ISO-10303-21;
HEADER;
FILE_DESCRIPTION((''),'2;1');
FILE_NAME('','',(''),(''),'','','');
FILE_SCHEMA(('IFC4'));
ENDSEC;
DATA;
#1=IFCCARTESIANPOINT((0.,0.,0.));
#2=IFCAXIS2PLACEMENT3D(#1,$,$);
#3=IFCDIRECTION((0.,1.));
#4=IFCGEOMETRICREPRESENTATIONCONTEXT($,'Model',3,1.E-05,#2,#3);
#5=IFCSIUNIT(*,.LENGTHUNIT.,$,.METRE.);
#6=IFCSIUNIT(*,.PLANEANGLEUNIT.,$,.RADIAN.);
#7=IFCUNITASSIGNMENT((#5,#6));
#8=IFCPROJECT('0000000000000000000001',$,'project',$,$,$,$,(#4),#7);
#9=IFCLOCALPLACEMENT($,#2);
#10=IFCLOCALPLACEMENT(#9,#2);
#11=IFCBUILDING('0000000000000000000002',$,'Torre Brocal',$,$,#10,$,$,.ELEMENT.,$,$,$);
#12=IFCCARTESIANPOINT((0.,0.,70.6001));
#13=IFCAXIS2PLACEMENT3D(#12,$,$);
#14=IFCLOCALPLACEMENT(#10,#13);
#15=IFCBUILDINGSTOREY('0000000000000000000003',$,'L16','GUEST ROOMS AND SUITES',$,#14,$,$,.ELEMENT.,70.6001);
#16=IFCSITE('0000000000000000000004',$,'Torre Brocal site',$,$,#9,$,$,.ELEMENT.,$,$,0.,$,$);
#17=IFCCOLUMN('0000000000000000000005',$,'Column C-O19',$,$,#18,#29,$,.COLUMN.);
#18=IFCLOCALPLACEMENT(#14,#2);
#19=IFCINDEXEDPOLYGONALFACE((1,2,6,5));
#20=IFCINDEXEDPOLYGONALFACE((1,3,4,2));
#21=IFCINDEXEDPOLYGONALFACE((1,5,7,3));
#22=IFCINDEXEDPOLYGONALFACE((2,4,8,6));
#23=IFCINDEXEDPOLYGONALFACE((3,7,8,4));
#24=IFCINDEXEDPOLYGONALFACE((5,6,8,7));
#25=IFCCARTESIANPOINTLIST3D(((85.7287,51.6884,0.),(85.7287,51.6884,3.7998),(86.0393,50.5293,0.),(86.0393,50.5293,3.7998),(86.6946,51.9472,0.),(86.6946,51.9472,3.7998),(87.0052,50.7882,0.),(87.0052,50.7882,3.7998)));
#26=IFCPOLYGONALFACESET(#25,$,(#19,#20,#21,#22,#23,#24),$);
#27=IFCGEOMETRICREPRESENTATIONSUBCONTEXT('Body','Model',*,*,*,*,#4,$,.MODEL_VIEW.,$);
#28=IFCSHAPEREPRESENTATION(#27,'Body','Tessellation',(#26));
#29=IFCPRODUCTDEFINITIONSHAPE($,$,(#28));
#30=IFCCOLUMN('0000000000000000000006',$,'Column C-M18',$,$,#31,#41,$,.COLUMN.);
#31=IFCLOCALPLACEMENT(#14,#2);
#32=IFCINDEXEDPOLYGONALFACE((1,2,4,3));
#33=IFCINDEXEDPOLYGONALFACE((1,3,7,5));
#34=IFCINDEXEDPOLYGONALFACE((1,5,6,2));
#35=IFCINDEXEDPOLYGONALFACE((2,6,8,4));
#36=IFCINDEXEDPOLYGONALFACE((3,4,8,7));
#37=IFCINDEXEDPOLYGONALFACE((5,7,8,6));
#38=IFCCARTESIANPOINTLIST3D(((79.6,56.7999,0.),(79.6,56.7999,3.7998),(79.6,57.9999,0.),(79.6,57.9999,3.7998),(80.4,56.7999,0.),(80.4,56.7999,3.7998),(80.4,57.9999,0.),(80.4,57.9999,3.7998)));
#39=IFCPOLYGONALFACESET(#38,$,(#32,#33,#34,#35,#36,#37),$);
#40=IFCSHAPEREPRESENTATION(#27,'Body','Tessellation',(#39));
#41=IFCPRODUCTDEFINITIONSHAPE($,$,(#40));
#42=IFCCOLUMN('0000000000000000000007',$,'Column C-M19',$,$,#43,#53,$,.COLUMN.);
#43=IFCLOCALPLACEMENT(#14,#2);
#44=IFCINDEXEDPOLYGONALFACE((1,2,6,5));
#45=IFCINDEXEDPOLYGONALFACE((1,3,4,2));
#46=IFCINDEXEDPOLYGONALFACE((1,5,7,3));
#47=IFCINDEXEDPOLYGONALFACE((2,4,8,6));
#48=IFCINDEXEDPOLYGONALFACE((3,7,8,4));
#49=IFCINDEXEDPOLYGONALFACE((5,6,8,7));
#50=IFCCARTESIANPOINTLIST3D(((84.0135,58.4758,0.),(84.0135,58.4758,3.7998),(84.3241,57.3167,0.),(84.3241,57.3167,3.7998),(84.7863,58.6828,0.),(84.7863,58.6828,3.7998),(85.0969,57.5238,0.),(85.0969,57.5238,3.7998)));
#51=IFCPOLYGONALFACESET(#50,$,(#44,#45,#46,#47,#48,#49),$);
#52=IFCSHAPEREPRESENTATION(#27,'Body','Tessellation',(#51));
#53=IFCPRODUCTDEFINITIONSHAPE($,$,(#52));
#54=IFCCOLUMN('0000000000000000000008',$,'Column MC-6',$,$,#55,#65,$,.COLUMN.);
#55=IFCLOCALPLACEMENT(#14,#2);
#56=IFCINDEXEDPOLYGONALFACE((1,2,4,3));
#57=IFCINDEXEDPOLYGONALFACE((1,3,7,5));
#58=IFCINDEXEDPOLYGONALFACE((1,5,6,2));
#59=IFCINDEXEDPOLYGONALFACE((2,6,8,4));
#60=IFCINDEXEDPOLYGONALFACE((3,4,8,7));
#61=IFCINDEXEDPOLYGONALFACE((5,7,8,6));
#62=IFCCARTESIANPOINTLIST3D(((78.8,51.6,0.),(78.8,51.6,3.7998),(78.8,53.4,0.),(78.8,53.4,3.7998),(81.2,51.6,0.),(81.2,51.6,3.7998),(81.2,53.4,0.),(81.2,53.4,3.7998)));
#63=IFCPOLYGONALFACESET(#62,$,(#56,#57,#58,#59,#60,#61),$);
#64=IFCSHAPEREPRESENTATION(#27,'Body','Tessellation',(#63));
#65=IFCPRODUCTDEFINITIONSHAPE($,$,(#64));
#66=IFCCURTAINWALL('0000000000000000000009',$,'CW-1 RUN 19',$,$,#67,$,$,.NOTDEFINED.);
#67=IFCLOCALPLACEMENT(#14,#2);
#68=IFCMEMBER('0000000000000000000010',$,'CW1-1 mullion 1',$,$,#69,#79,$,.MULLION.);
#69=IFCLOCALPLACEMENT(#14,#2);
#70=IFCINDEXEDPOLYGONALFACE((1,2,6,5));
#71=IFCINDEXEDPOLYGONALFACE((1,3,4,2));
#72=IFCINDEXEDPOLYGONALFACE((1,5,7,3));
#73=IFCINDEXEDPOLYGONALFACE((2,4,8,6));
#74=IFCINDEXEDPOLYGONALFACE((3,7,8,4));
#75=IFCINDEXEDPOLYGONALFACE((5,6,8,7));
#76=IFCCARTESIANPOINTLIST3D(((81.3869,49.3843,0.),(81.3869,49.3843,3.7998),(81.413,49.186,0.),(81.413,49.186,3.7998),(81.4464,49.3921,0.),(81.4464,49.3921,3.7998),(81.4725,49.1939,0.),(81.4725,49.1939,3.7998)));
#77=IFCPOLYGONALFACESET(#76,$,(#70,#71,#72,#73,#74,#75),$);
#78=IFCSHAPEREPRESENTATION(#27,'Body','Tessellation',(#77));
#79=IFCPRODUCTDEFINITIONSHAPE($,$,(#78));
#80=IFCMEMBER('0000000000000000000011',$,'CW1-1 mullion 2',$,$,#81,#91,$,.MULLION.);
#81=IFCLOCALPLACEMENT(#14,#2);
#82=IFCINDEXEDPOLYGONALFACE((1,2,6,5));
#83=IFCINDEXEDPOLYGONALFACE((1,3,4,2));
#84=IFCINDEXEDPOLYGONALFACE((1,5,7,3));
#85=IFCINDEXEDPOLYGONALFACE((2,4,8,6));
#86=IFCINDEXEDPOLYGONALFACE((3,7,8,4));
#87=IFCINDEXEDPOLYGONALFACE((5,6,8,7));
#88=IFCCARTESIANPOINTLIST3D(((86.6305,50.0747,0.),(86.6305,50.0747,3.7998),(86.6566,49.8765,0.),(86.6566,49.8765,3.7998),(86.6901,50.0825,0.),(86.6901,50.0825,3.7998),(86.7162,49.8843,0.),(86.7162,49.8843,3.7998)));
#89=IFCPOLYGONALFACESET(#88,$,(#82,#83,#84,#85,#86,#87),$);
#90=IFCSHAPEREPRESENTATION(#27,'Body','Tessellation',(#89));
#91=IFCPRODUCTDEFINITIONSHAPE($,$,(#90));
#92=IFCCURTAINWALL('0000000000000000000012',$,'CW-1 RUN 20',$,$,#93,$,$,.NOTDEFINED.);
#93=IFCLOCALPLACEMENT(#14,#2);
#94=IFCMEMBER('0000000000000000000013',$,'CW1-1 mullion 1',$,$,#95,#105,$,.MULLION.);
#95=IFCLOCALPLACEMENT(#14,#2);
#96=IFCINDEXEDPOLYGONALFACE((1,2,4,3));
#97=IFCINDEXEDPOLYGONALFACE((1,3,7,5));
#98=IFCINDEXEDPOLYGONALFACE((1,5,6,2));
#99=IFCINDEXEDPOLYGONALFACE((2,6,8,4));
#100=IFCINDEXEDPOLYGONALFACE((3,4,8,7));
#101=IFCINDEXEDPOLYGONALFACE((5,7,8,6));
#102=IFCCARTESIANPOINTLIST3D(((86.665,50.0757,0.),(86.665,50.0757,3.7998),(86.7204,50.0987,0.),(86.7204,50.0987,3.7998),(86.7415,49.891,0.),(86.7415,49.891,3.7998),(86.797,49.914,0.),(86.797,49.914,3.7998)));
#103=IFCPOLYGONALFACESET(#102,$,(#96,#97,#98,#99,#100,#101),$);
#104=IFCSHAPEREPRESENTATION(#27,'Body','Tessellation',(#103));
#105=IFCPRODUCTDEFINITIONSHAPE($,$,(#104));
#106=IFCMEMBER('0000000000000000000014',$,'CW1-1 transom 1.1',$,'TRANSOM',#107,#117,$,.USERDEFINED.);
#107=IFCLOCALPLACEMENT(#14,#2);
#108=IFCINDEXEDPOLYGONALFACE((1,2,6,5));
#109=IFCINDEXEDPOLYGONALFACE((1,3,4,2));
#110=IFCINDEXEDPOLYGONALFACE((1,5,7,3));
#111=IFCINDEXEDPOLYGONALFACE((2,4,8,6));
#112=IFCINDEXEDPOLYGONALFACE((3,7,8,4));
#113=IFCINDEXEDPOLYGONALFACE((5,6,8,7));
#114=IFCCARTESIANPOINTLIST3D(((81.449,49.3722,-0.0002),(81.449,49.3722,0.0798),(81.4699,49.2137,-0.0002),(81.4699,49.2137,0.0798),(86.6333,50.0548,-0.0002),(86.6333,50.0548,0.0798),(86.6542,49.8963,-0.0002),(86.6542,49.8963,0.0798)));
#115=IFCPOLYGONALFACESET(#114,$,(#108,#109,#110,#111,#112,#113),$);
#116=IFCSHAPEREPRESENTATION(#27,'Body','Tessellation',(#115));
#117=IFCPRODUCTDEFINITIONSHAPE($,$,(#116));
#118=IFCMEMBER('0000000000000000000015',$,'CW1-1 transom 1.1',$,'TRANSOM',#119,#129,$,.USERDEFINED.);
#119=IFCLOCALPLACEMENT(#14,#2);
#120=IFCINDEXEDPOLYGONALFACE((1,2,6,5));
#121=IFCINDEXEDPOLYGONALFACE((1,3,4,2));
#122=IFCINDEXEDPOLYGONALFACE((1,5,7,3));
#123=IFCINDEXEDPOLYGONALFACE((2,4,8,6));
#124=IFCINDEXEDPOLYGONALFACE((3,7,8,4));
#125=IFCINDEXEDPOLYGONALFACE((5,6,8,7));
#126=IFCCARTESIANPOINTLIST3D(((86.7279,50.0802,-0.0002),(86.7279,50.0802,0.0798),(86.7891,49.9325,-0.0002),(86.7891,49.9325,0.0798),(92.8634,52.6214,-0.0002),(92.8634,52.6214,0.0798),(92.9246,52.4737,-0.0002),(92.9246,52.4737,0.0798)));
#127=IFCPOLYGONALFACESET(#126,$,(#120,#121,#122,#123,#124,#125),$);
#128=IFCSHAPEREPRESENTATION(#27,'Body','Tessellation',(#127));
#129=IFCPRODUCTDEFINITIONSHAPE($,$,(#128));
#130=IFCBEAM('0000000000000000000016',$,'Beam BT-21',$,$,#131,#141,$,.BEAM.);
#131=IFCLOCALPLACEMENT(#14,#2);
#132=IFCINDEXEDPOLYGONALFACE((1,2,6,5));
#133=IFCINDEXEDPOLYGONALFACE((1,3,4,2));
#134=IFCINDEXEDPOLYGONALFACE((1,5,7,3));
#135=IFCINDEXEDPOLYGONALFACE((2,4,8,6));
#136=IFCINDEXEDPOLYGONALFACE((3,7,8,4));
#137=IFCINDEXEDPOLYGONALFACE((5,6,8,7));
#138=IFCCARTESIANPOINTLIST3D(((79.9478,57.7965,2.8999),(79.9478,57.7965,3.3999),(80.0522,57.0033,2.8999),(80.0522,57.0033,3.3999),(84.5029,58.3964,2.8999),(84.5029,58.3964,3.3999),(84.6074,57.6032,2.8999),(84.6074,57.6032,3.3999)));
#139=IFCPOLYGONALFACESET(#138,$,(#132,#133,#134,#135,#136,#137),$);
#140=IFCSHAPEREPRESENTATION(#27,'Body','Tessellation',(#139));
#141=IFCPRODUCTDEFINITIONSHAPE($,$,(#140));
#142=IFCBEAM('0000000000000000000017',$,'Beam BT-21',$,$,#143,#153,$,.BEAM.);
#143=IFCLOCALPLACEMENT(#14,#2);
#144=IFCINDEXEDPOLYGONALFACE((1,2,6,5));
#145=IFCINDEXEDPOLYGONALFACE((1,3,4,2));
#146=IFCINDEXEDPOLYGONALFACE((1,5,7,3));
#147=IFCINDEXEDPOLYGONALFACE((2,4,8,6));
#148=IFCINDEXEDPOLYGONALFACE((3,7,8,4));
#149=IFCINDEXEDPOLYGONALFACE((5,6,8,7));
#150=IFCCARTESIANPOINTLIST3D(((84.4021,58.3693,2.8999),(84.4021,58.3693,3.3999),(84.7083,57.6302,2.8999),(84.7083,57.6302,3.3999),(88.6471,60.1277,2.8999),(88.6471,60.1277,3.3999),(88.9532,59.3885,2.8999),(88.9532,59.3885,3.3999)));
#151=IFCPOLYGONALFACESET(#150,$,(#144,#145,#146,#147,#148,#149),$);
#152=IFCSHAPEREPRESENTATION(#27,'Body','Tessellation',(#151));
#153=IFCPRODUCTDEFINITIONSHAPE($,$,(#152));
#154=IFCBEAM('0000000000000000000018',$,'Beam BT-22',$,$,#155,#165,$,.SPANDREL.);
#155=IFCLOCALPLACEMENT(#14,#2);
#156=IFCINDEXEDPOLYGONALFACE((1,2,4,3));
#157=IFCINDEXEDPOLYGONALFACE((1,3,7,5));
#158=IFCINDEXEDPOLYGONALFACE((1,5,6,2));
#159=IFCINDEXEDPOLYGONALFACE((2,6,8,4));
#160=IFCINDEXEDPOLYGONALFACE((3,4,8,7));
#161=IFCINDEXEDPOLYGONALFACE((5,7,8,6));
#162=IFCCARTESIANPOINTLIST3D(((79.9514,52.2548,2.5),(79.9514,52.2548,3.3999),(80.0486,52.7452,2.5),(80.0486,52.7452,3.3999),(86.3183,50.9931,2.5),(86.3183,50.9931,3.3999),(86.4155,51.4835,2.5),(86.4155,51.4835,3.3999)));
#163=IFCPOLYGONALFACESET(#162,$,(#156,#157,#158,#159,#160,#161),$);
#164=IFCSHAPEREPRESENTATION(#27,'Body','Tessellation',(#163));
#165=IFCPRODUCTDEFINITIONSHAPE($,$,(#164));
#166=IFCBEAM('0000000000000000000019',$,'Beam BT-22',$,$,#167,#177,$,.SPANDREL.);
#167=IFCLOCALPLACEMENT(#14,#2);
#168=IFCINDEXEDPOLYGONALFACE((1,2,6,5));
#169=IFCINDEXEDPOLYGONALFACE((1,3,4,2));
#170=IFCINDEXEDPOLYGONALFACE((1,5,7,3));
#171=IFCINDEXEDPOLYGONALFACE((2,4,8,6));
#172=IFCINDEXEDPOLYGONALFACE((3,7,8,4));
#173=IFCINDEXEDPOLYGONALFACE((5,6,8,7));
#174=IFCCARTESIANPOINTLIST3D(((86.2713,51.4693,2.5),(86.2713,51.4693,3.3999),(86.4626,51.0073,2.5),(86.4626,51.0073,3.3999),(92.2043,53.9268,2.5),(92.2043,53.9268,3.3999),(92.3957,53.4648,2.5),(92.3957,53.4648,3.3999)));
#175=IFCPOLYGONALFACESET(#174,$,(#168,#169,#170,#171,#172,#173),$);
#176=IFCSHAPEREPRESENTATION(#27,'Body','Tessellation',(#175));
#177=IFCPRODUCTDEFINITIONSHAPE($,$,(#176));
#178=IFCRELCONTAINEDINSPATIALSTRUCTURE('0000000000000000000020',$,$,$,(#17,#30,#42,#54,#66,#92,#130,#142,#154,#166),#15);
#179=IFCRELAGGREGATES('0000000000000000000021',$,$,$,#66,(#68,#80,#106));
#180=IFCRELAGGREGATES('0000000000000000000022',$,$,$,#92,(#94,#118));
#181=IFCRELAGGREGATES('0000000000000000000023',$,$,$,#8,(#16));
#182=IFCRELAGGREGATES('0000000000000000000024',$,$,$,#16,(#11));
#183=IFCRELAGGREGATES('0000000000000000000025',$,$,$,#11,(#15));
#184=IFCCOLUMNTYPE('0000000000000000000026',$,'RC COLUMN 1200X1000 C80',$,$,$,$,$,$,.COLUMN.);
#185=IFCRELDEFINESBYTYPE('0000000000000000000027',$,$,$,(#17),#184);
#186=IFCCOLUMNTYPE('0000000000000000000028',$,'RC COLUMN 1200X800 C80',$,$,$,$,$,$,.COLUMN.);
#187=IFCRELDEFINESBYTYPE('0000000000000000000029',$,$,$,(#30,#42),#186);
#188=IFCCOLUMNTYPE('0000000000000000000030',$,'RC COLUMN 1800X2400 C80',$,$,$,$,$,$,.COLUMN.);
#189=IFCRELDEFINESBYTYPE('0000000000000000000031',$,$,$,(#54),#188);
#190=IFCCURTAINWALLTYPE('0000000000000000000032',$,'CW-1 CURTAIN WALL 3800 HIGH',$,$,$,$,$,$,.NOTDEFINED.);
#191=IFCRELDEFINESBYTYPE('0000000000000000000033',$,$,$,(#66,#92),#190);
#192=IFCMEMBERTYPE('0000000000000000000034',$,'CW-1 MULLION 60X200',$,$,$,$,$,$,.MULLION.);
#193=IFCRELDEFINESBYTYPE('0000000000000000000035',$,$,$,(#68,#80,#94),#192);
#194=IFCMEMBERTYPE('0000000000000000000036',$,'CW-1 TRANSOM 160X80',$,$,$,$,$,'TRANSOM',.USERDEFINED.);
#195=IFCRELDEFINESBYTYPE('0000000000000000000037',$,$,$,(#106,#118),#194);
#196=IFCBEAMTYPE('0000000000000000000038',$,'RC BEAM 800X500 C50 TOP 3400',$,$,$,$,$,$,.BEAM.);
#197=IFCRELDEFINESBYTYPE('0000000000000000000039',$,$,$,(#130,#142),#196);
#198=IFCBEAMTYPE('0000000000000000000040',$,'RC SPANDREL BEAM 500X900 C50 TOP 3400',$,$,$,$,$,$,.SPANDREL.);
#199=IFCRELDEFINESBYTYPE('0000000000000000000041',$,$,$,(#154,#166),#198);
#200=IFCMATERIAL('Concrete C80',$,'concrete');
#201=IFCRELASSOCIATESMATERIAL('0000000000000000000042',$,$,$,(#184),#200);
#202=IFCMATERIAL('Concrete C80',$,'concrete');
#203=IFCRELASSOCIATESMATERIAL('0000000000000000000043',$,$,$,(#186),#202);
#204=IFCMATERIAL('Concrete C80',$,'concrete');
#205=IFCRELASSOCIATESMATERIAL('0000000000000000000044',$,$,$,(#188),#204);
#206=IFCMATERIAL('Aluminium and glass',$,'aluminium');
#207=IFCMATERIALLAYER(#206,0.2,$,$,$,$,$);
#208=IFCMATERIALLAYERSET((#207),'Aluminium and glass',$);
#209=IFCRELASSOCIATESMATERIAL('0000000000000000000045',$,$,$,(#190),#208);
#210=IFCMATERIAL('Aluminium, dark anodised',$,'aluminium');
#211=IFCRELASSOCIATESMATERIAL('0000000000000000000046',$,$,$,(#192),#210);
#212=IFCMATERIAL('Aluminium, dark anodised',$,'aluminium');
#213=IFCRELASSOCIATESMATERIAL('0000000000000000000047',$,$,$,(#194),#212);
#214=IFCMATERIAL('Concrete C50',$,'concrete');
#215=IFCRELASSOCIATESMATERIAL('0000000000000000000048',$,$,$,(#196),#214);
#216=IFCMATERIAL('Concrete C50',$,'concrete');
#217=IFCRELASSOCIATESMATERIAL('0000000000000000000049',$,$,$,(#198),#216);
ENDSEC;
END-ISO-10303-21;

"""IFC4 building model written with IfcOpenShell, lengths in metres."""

from ifc_helpers import new_model, si_unit, direction, frame, origin, origin_2d, place, context, subcontext, project, spatial, rectangle, extrude, material, layer, layer_set, material_profile, profile_set, type_object, element, aggregate, save


model = new_model("IFC4")

# Units and contexts
model_context = context("Model", 3, precision=1e-05, world=origin(), true_north=direction((0.0, 1.0)))
body_context = subcontext(model_context, "Body", "Model", "MODEL_VIEW")
ifc_project = project(units=[si_unit("LENGTHUNIT", "METRE"), si_unit("PLANEANGLEUNIT", "RADIAN")], contexts=[model_context])

# Site, building, storey
site_placement = place(None, origin())
site = spatial("IfcSite", under=ifc_project, at=site_placement, Name="Torre Brocal site", CompositionType="ELEMENT", RefElevation=0.0)
building_placement = place(site_placement, origin())
building = spatial("IfcBuilding", under=site, at=building_placement, Name="Torre Brocal", CompositionType="ELEMENT")
storey_placement = place(building_placement, frame((0.0, 0.0, 70.6001)))
storey = spatial("IfcBuildingStorey", under=building, at=storey_placement, Name="L16", Description="GUEST ROOMS AND SUITES", CompositionType="ELEMENT", Elevation=70.6001)

# Columns
ifc_material_1 = material(Name="Concrete C80", Category="concrete")
ifc_material_profile_1 = material_profile(ifc_material_1, rectangle(XDim=1.2, YDim=1.0, at=origin_2d()), Name="RC 1200X1000")
ifc_profile_set_1 = profile_set([ifc_material_profile_1], Name="Concrete C80")
column_type_1 = type_object("IfcColumnType", Name="RC COLUMN 1200X1000 C80", PredefinedType="COLUMN", material=ifc_profile_set_1)
column_1_placement = place(storey_placement, frame((86.3669, 51.2383, 0.0), z_axis=(0.0, 0.0, 1.0), x_axis=(0.258819, -0.965926, 0.0)))
element("IfcColumn", 1, at=column_1_placement, inside=storey, type_object=column_type_1, Name="Column C-O19", PredefinedType="COLUMN", context=body_context, shape_type="SweptSolid", body=[
    extrude(rectangle(XDim=1.2, YDim=1.0, at=origin_2d()), origin(), (0.0, 0.0, 1.0), 3.7998),
])
ifc_material_2 = material(Name="Concrete C80", Category="concrete")
ifc_material_profile_2 = material_profile(ifc_material_2, rectangle(XDim=1.2, YDim=0.8, at=origin_2d()), Name="RC 1200X800")
ifc_profile_set_2 = profile_set([ifc_material_profile_2], Name="Concrete C80")
column_type_2 = type_object("IfcColumnType", Name="RC COLUMN 1200X800 C80", PredefinedType="COLUMN", material=ifc_profile_set_2)
for number, where, z_axis, x_axis, name in (
    (2, (80.0, 57.3999, 0.0), (0.0, 0.0, 1.0), (0.0, -1.0, 0.0), "Column C-M18"),
    (3, (84.5552, 57.9998, 0.0), (0.0, 0.0, 1.0), (0.258819, -0.965926, 0.0), "Column C-M19"),
):
    element("IfcColumn", number, at=place(storey_placement, frame(where, z_axis=z_axis, x_axis=x_axis)), inside=storey, type_object=column_type_2, Name=name, PredefinedType="COLUMN", context=body_context, shape_type="SweptSolid", body=[
        extrude(rectangle(XDim=1.2, YDim=0.8, at=origin_2d()), origin(), (0.0, 0.0, 1.0), 3.7998),
    ])
ifc_material_3 = material(Name="Concrete C80", Category="concrete")
ifc_material_profile_3 = material_profile(ifc_material_3, rectangle(XDim=1.8, YDim=2.3999, at=origin_2d()), Name="RC 1800X2400")
ifc_profile_set_3 = profile_set([ifc_material_profile_3], Name="Concrete C80")
column_type_3 = type_object("IfcColumnType", Name="RC COLUMN 1800X2400 C80", PredefinedType="COLUMN", material=ifc_profile_set_3)
column_2_placement = place(storey_placement, frame((80.0, 52.5, 0.0), z_axis=(0.0, 0.0, 1.0), x_axis=(0.0, -1.0, 0.0)))
element("IfcColumn", 4, at=column_2_placement, inside=storey, type_object=column_type_3, Name="Column MC-6", PredefinedType="COLUMN", context=body_context, shape_type="SweptSolid", body=[
    extrude(rectangle(XDim=1.8, YDim=2.3999, at=origin_2d()), origin(), (0.0, 0.0, 1.0), 3.7998),
])

# Curtain wall, members
ifc_material_4 = material(Name="Aluminium and glass", Category="aluminium")
ifc_layer_1 = layer(ifc_material_4, 0.2)
ifc_layer_set_1 = layer_set([ifc_layer_1], Name="Aluminium and glass")
curtain_wall_type = type_object("IfcCurtainWallType", Name="CW-1 CURTAIN WALL 3800 HIGH", PredefinedType="NOTDEFINED", material=ifc_layer_set_1)
curtain_wall_1_placement = place(storey_placement, origin())
curtain_wall_1 = element("IfcCurtainWall", 5, at=curtain_wall_1_placement, inside=storey, type_object=curtain_wall_type, Name="CW-1 RUN 19", PredefinedType="NOTDEFINED")
ifc_material_5 = material(Name="Aluminium, dark anodised", Category="aluminium")
ifc_material_profile_4 = material_profile(ifc_material_5, rectangle(XDim=0.2, YDim=0.0601, at=origin_2d()), Name="CW-1 MULLION 60X200")
ifc_profile_set_4 = profile_set([ifc_material_profile_4], Name="Aluminium, dark anodised")
member_type_1 = type_object("IfcMemberType", Name="CW-1 MULLION 60X200", PredefinedType="MULLION", material=ifc_profile_set_4)
member_1_placement = place(storey_placement, frame((81.4297, 49.2891, 0.0), z_axis=(0.0, 0.0, 1.0), x_axis=(-0.130526, 0.991445, 0.0)))
member_1 = element("IfcMember", 6, at=member_1_placement, type_object=member_type_1, Name="CW1-1 mullion 1", PredefinedType="MULLION", context=body_context, shape_type="SweptSolid", body=[
    extrude(rectangle(XDim=0.2, YDim=0.0601, at=origin_2d()), origin(), (0.0, 0.0, 1.0), 3.7998),
])
member_2_placement = place(storey_placement, frame((86.6733, 49.9795, 0.0), z_axis=(0.0, 0.0, 1.0), x_axis=(-0.130526, 0.991445, 0.0)))
member_2 = element("IfcMember", 7, at=member_2_placement, type_object=member_type_1, Name="CW1-1 mullion 2", PredefinedType="MULLION", context=body_context, shape_type="SweptSolid", body=[
    extrude(rectangle(XDim=0.2, YDim=0.0601, at=origin_2d()), origin(), (0.0, 0.0, 1.0), 3.7998),
])

# Curtain wall, member
curtain_wall_2_placement = place(storey_placement, origin())
curtain_wall_2 = element("IfcCurtainWall", 8, at=curtain_wall_2_placement, inside=storey, type_object=curtain_wall_type, Name="CW-1 RUN 20", PredefinedType="NOTDEFINED")
member_3_placement = place(storey_placement, frame((86.731, 49.9949, 0.0), z_axis=(0.0, 0.0, 1.0), x_axis=(-0.382683, 0.92388, 0.0)))
member_3 = element("IfcMember", 9, at=member_3_placement, type_object=member_type_1, Name="CW1-1 mullion 1", PredefinedType="MULLION", context=body_context, shape_type="SweptSolid", body=[
    extrude(rectangle(XDim=0.2, YDim=0.0601, at=origin_2d()), origin(), (0.0, 0.0, 1.0), 3.7998),
])

# Members
ifc_material_6 = material(Name="Aluminium, dark anodised", Category="aluminium")
ifc_material_profile_5 = material_profile(ifc_material_6, rectangle(XDim=0.1599, YDim=0.0801, at=origin_2d()), Name="CW-1 TRANSOM 160X80")
ifc_profile_set_5 = profile_set([ifc_material_profile_5], Name="Aluminium, dark anodised")
member_type_2 = type_object("IfcMemberType", Name="CW-1 TRANSOM 160X80", ElementType="TRANSOM", PredefinedType="USERDEFINED", material=ifc_profile_set_5)
member_4_placement = place(storey_placement, frame((81.4595, 49.293, 0.0398), z_axis=(0.991443, 0.130543, 0.0), x_axis=(-0.130543, 0.991443, 0.0)))
member_4 = element("IfcMember", 10, at=member_4_placement, type_object=member_type_2, Name="CW1-1 transom 1.1", ObjectType="TRANSOM", PredefinedType="USERDEFINED", context=body_context, shape_type="SweptSolid", body=[
    extrude(rectangle(XDim=0.1599, YDim=0.0801, at=origin_2d()), origin(), (0.0, 0.0, 1.0), 5.229),
])
member_5_placement = place(storey_placement, frame((86.7585, 50.0063, 0.0398), z_axis=(0.923887, 0.382665, 0.0), x_axis=(-0.382665, 0.923887, 0.0)))
member_5 = element("IfcMember", 11, at=member_5_placement, type_object=member_type_2, Name="CW1-1 transom 1.1", ObjectType="TRANSOM", PredefinedType="USERDEFINED", context=body_context, shape_type="SweptSolid", body=[
    extrude(rectangle(XDim=0.1599, YDim=0.0801, at=origin_2d()), origin(), (0.0, 0.0, 1.0), 6.6409),
])

# Beams
ifc_material_7 = material(Name="Concrete C50", Category="concrete")
ifc_material_profile_6 = material_profile(ifc_material_7, rectangle(XDim=0.8, YDim=0.5, at=origin_2d()), Name="RC 800X500")
ifc_profile_set_6 = profile_set([ifc_material_profile_6], Name="Concrete C50")
beam_type_1 = type_object("IfcBeamType", Name="RC BEAM 800X500 C50 TOP 3400", PredefinedType="BEAM", material=ifc_profile_set_6)
beam_1_placement = place(storey_placement, frame((80.0, 57.3999, 3.1499), z_axis=(0.991441, 0.130559, 0.0), x_axis=(-0.130559, 0.991441, 0.0)))
element("IfcBeam", 12, at=beam_1_placement, inside=storey, type_object=beam_type_1, Name="Beam BT-21", PredefinedType="BEAM", context=body_context, shape_type="SweptSolid", body=[
    extrude(rectangle(XDim=0.8, YDim=0.5, at=origin_2d()), origin(), (0.0, 0.0, 1.0), 4.5945),
])
beam_2_placement = place(storey_placement, frame((84.5552, 57.9998, 3.1499), z_axis=(0.923878, 0.382687, 0.0), x_axis=(-0.382687, 0.923878, 0.0)))
element("IfcBeam", 13, at=beam_2_placement, inside=storey, type_object=beam_type_1, Name="Beam BT-21", PredefinedType="BEAM", context=body_context, shape_type="SweptSolid", body=[
    extrude(rectangle(XDim=0.8, YDim=0.5, at=origin_2d()), origin(), (0.0, 0.0, 1.0), 4.5947),
])
ifc_material_8 = material(Name="Concrete C50", Category="concrete")
ifc_material_profile_7 = material_profile(ifc_material_8, rectangle(XDim=0.5, YDim=0.8999, at=origin_2d()), Name="RC 500X900")
ifc_profile_set_7 = profile_set([ifc_material_profile_7], Name="Concrete C50")
beam_type_2 = type_object("IfcBeamType", Name="RC SPANDREL BEAM 500X900 C50 TOP 3400", PredefinedType="SPANDREL", material=ifc_profile_set_7)
beam_3_placement = place(storey_placement, frame((80.0, 52.5, 2.95), z_axis=(0.980925, -0.194387, 0.0), x_axis=(0.194387, 0.980925, 0.0)))
element("IfcBeam", 14, at=beam_3_placement, inside=storey, type_object=beam_type_2, Name="Beam BT-22", PredefinedType="SPANDREL", context=body_context, shape_type="SweptSolid", body=[
    extrude(rectangle(XDim=0.5, YDim=0.8999, at=origin_2d()), origin(), (0.0, 0.0, 1.0), 6.4907),
])
beam_4_placement = place(storey_placement, frame((86.3669, 51.2383, 2.95), z_axis=(0.923882, 0.382676, 0.0), x_axis=(-0.382676, 0.923882, 0.0)))
element("IfcBeam", 15, at=beam_4_placement, inside=storey, type_object=beam_type_2, Name="Beam BT-22", PredefinedType="SPANDREL", context=body_context, shape_type="SweptSolid", body=[
    extrude(rectangle(XDim=0.5, YDim=0.8999, at=origin_2d()), origin(), (0.0, 0.0, 1.0), 6.4219),
])

aggregate(curtain_wall_1, [member_1, member_2, member_4])
aggregate(curtain_wall_2, [member_3, member_5])

save(model, "model.ifc")
